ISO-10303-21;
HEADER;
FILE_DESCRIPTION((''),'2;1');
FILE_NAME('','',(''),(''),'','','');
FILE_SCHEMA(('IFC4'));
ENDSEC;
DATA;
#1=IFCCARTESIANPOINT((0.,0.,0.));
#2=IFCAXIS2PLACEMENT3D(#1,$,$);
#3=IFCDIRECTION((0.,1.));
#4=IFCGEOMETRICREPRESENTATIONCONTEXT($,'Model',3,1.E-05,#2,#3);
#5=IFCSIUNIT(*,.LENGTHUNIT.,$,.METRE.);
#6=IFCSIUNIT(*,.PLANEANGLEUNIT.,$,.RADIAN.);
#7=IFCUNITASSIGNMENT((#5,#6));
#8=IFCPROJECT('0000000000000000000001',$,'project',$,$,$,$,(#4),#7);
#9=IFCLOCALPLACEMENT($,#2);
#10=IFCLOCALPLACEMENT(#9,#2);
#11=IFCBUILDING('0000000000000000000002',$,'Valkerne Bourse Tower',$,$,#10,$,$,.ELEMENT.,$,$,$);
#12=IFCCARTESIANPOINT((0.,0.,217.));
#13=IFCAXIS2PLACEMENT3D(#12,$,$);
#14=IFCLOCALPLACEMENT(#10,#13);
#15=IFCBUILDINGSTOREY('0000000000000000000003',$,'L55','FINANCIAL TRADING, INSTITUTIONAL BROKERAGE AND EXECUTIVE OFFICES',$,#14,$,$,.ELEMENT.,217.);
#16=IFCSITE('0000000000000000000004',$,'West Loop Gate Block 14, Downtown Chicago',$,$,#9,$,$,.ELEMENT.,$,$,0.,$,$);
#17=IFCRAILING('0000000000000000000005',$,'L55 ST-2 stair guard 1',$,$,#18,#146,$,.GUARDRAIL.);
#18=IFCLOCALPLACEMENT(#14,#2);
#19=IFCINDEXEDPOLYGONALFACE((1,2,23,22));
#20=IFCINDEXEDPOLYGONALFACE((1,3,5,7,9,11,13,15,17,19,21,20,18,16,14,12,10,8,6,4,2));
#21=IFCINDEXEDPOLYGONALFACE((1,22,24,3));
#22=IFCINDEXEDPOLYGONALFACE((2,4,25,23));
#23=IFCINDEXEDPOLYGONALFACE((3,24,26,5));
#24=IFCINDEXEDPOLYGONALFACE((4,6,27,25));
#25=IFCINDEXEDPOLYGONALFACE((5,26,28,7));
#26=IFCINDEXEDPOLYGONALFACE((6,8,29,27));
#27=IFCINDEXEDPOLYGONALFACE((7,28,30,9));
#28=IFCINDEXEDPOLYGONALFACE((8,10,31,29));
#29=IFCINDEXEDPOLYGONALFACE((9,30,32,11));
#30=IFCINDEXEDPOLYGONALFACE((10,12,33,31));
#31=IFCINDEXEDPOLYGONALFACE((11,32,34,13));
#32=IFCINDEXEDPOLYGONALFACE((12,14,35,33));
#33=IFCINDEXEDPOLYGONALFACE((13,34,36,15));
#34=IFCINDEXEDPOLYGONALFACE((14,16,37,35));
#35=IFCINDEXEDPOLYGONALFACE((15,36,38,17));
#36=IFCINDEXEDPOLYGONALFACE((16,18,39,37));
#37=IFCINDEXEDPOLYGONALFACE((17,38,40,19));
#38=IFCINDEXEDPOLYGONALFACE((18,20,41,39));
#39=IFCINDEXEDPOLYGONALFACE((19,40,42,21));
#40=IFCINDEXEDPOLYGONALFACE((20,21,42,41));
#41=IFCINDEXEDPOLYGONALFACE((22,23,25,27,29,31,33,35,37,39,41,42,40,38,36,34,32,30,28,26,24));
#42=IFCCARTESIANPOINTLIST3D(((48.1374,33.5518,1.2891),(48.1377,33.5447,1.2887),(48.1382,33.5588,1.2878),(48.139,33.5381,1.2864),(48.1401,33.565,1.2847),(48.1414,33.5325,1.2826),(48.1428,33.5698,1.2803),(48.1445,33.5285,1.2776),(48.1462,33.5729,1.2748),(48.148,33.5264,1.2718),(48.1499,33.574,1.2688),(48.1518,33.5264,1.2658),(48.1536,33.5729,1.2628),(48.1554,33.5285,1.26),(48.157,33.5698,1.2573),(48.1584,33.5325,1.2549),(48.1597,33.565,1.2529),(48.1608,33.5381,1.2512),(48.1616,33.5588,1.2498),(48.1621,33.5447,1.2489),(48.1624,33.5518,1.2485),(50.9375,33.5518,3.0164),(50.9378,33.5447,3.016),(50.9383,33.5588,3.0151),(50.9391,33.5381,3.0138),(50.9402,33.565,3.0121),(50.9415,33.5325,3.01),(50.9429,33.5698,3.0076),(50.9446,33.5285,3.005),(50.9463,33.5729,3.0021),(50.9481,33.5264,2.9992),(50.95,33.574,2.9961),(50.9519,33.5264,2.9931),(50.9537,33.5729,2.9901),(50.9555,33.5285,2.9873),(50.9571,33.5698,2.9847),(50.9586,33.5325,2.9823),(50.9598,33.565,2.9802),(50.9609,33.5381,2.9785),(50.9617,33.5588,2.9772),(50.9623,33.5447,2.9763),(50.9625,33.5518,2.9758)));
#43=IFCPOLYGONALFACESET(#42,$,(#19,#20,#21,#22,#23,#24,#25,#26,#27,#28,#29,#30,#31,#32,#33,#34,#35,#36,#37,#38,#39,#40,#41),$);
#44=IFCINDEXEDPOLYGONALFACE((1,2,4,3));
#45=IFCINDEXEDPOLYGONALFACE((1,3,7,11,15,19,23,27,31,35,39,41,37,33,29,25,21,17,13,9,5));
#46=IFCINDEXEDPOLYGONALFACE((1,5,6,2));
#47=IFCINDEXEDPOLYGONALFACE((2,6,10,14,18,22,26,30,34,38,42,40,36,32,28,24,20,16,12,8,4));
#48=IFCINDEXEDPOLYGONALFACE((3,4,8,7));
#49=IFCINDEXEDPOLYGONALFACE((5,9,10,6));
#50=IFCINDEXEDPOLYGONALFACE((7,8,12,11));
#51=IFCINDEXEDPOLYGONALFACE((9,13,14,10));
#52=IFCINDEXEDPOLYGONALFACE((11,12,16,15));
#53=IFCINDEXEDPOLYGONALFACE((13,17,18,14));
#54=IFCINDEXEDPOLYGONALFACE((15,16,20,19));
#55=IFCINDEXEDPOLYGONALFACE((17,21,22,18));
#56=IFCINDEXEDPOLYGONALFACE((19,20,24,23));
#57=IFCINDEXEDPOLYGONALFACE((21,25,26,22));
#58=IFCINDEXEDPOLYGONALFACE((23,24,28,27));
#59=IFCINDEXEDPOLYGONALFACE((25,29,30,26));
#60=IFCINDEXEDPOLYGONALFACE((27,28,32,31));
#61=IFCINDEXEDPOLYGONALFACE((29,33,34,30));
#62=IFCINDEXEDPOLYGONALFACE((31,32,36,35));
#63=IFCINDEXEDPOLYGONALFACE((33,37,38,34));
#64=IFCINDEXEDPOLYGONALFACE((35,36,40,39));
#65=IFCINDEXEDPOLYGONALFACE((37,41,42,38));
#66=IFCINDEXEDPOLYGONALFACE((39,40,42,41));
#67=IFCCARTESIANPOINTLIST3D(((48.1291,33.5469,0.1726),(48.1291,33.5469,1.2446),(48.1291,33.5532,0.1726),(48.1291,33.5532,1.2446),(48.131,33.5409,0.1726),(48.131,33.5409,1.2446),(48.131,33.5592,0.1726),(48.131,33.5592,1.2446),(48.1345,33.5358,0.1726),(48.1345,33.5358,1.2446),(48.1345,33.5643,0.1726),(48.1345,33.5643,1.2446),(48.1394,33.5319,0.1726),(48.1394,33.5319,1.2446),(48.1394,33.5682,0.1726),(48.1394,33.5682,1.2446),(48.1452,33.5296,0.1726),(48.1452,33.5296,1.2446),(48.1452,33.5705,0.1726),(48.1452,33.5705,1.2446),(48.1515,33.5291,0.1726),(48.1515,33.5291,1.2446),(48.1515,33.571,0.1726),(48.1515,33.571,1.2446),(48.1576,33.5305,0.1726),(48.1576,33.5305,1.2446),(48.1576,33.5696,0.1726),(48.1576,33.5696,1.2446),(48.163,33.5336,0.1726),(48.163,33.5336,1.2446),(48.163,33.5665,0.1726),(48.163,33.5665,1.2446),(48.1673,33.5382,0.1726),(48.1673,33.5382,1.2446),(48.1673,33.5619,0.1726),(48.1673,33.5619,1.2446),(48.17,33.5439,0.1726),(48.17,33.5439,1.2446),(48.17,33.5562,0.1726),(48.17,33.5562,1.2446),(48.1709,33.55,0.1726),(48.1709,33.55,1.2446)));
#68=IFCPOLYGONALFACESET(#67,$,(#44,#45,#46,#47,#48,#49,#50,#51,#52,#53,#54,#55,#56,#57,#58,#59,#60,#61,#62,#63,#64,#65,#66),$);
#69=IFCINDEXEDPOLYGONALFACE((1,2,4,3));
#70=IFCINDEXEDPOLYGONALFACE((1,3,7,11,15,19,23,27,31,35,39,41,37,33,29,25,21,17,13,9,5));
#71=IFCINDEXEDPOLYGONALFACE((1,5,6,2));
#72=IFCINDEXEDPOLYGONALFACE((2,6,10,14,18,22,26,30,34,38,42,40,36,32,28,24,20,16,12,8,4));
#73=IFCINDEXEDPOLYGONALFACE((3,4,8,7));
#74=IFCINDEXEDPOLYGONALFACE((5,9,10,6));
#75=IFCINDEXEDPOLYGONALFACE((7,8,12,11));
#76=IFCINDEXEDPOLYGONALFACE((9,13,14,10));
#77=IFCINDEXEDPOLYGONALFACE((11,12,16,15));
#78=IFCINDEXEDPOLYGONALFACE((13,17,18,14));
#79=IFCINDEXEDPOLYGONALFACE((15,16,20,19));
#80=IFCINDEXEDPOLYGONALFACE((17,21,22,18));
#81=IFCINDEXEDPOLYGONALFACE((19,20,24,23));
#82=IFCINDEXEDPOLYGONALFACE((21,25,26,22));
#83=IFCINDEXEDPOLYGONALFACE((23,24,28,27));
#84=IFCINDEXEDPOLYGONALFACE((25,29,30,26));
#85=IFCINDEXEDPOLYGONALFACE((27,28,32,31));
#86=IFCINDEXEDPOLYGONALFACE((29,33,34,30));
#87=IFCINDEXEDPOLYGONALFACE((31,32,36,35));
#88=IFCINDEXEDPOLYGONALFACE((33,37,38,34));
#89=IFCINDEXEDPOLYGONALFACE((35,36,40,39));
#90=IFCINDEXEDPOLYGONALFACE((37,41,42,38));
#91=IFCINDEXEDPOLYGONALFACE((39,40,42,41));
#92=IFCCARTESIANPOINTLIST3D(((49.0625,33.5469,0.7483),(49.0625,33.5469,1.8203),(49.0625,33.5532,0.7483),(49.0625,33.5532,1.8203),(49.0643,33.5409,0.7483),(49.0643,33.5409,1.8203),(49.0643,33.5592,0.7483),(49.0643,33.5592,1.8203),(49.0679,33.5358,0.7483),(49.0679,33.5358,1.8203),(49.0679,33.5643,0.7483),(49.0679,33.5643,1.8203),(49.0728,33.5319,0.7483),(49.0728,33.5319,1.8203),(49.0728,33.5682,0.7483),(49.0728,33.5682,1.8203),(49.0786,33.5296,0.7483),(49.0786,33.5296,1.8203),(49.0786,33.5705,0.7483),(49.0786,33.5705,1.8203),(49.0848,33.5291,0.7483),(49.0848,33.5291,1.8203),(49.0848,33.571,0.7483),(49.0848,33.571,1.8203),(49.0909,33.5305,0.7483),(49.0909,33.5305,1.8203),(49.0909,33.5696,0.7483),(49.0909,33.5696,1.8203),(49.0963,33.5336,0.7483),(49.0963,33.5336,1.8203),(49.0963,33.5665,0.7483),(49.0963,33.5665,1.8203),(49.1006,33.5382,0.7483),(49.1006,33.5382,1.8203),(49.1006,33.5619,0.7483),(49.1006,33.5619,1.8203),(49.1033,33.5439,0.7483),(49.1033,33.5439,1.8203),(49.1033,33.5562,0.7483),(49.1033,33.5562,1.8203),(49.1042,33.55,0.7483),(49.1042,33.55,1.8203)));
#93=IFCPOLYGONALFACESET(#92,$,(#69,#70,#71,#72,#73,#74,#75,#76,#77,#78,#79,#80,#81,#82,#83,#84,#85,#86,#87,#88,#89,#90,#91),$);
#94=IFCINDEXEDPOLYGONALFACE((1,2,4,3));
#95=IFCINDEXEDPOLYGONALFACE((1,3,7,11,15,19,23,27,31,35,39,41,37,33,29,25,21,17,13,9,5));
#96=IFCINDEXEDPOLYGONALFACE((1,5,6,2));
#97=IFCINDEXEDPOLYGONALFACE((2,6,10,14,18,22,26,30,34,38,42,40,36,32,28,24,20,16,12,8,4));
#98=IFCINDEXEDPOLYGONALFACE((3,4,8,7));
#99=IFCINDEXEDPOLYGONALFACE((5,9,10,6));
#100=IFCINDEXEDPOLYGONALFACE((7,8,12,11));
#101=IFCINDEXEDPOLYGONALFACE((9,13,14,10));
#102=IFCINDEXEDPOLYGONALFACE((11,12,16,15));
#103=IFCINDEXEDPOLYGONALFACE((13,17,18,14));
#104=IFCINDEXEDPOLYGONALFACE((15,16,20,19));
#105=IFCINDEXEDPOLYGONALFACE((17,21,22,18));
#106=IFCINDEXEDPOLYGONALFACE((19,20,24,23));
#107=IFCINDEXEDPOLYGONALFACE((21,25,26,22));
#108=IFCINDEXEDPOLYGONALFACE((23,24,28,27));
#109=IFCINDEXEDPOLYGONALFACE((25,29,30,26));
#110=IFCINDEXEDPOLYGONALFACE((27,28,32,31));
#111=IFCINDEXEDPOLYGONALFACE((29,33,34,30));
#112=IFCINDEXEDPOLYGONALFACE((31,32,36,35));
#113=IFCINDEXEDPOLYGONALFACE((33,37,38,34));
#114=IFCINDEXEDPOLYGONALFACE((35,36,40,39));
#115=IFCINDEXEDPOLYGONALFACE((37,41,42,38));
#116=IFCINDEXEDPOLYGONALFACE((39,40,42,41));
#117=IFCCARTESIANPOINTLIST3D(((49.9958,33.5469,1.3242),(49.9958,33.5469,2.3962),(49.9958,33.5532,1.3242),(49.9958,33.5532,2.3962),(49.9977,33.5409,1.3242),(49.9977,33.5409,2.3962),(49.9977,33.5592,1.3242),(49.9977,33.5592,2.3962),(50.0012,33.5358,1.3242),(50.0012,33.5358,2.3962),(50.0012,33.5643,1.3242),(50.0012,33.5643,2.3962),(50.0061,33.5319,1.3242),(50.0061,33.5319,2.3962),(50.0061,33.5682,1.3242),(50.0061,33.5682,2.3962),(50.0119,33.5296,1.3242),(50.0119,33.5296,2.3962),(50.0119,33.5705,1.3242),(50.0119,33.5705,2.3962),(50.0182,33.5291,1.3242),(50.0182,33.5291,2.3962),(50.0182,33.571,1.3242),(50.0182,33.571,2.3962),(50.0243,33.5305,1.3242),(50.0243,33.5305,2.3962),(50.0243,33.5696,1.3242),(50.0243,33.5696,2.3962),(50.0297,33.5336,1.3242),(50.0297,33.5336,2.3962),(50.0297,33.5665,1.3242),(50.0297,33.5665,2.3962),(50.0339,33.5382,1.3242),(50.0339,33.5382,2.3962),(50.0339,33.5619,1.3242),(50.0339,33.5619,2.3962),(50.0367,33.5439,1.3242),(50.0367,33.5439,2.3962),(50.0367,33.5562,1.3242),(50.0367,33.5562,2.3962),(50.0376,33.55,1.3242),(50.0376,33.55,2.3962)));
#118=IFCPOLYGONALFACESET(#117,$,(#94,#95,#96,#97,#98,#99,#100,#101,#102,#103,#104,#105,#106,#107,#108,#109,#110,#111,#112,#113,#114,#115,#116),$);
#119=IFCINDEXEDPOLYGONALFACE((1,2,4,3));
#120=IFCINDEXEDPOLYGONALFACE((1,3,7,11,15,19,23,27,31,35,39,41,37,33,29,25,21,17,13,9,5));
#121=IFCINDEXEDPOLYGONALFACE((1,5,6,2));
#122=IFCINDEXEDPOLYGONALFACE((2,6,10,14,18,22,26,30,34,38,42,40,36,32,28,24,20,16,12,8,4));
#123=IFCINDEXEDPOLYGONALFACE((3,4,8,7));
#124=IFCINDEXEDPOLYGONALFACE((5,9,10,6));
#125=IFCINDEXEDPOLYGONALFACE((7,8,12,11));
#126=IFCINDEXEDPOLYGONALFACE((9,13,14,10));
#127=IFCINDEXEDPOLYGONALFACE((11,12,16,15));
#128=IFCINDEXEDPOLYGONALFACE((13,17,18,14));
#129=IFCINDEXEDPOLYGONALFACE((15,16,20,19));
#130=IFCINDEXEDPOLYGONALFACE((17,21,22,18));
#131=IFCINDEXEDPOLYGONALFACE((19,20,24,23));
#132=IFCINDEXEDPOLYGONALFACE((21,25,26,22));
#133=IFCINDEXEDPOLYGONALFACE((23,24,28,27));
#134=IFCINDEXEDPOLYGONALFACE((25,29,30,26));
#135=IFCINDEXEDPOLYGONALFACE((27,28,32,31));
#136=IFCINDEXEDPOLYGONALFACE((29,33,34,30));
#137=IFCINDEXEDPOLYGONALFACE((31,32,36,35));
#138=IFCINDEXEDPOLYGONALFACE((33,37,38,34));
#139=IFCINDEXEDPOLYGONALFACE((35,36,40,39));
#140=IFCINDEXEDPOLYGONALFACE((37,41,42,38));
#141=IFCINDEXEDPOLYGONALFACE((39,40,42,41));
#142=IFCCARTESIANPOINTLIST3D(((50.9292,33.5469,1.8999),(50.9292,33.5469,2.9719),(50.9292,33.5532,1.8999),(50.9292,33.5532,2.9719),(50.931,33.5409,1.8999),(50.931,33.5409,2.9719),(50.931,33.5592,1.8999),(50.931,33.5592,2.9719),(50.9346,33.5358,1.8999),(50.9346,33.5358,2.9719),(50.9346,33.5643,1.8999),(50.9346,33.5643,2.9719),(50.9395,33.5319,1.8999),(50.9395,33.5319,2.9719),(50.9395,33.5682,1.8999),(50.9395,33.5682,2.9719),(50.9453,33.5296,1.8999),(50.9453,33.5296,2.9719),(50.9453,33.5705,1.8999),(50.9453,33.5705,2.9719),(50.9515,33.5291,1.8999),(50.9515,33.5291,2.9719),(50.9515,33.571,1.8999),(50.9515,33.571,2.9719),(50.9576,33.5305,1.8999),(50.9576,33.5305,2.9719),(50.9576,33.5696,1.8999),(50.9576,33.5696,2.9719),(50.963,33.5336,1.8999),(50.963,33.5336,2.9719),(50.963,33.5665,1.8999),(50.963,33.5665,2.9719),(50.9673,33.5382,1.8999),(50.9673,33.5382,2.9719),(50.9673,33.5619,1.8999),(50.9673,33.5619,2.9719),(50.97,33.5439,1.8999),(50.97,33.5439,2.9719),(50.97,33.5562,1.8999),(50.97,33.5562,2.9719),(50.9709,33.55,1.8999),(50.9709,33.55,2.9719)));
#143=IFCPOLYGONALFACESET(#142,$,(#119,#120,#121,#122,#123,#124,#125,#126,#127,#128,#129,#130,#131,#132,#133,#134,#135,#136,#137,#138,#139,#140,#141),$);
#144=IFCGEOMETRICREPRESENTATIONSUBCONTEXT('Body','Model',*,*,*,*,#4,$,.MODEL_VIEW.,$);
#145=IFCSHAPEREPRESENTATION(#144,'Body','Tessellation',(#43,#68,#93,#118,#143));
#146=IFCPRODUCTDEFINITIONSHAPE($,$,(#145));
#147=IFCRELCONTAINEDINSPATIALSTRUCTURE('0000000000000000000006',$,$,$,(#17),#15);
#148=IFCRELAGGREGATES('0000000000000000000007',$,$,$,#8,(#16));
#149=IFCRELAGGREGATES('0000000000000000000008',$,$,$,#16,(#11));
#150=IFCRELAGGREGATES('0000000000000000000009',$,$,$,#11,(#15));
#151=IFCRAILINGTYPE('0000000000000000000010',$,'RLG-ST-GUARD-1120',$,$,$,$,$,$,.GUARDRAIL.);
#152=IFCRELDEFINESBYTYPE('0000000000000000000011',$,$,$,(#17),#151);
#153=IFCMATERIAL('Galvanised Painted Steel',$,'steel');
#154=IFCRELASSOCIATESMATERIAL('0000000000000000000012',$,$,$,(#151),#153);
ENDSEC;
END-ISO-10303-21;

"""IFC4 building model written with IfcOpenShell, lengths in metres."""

from ifc_helpers import new_model, si_unit, direction, frame, origin, origin_2d, place, context, subcontext, project, spatial, circle, extrude, material, type_object, element, save


model = new_model("IFC4")

# Units and contexts
model_context = context("Model", 3, precision=1e-05, world=origin(), true_north=direction((0.0, 1.0)))
body_context = subcontext(model_context, "Body", "Model", "MODEL_VIEW")
ifc_project = project(units=[si_unit("LENGTHUNIT", "METRE"), si_unit("PLANEANGLEUNIT", "RADIAN")], contexts=[model_context])

# Site, building, storey
site_placement = place(None, origin())
site = spatial("IfcSite", under=ifc_project, at=site_placement, Name="West Loop Gate Block 14, Downtown Chicago", CompositionType="ELEMENT", RefElevation=0.0)
building_placement = place(site_placement, origin())
building = spatial("IfcBuilding", under=site, at=building_placement, Name="Valkerne Bourse Tower", CompositionType="ELEMENT")
storey_placement = place(building_placement, frame((0.0, 0.0, 217.0)))
storey = spatial("IfcBuildingStorey", under=building, at=storey_placement, Name="L55", Description="FINANCIAL TRADING, INSTITUTIONAL BROKERAGE AND EXECUTIVE OFFICES", CompositionType="ELEMENT", Elevation=217.0)

# Shared definitions
ifc_material_1 = material(Name="Galvanised Painted Steel", Category="steel")

# Railing
railing_type_1 = type_object("IfcRailingType", Name="RLG-ST-GUARD-1120", PredefinedType="GUARDRAIL", material=ifc_material_1)
railing_1_placement = place(storey_placement, frame((48.1499, 33.55, 0.1726)))
element("IfcRailing", 1, at=railing_1_placement, inside=storey, type_object=railing_type_1, Name="L55 ST-2 stair guard 1", PredefinedType="GUARDRAIL", context=body_context, shape_type="SweptSolid", body=[
    extrude(circle(Radius=0.0239, at=origin_2d()), frame((0.0, 0.0, 1.0962), z_axis=(0.85109, 0.0, 0.52502), x_axis=(0.0, 1.0, 0.0)), (0.0, 0.0, 1.0), 3.29),
    extrude(circle(Radius=0.021, at=origin_2d()), origin(), (0.0, 0.0, 1.0), 1.072),
    extrude(circle(Radius=0.021, at=origin_2d()), frame((0.9333, 0.0, 0.5757)), (0.0, 0.0, 1.0), 1.072),
    extrude(circle(Radius=0.021, at=origin_2d()), frame((1.8667, 0.0, 1.1516)), (0.0, 0.0, 1.0), 1.072),
    extrude(circle(Radius=0.021, at=origin_2d()), frame((2.8, 0.0, 1.7273)), (0.0, 0.0, 1.0), 1.072),
])

save(model, "model.ifc")
